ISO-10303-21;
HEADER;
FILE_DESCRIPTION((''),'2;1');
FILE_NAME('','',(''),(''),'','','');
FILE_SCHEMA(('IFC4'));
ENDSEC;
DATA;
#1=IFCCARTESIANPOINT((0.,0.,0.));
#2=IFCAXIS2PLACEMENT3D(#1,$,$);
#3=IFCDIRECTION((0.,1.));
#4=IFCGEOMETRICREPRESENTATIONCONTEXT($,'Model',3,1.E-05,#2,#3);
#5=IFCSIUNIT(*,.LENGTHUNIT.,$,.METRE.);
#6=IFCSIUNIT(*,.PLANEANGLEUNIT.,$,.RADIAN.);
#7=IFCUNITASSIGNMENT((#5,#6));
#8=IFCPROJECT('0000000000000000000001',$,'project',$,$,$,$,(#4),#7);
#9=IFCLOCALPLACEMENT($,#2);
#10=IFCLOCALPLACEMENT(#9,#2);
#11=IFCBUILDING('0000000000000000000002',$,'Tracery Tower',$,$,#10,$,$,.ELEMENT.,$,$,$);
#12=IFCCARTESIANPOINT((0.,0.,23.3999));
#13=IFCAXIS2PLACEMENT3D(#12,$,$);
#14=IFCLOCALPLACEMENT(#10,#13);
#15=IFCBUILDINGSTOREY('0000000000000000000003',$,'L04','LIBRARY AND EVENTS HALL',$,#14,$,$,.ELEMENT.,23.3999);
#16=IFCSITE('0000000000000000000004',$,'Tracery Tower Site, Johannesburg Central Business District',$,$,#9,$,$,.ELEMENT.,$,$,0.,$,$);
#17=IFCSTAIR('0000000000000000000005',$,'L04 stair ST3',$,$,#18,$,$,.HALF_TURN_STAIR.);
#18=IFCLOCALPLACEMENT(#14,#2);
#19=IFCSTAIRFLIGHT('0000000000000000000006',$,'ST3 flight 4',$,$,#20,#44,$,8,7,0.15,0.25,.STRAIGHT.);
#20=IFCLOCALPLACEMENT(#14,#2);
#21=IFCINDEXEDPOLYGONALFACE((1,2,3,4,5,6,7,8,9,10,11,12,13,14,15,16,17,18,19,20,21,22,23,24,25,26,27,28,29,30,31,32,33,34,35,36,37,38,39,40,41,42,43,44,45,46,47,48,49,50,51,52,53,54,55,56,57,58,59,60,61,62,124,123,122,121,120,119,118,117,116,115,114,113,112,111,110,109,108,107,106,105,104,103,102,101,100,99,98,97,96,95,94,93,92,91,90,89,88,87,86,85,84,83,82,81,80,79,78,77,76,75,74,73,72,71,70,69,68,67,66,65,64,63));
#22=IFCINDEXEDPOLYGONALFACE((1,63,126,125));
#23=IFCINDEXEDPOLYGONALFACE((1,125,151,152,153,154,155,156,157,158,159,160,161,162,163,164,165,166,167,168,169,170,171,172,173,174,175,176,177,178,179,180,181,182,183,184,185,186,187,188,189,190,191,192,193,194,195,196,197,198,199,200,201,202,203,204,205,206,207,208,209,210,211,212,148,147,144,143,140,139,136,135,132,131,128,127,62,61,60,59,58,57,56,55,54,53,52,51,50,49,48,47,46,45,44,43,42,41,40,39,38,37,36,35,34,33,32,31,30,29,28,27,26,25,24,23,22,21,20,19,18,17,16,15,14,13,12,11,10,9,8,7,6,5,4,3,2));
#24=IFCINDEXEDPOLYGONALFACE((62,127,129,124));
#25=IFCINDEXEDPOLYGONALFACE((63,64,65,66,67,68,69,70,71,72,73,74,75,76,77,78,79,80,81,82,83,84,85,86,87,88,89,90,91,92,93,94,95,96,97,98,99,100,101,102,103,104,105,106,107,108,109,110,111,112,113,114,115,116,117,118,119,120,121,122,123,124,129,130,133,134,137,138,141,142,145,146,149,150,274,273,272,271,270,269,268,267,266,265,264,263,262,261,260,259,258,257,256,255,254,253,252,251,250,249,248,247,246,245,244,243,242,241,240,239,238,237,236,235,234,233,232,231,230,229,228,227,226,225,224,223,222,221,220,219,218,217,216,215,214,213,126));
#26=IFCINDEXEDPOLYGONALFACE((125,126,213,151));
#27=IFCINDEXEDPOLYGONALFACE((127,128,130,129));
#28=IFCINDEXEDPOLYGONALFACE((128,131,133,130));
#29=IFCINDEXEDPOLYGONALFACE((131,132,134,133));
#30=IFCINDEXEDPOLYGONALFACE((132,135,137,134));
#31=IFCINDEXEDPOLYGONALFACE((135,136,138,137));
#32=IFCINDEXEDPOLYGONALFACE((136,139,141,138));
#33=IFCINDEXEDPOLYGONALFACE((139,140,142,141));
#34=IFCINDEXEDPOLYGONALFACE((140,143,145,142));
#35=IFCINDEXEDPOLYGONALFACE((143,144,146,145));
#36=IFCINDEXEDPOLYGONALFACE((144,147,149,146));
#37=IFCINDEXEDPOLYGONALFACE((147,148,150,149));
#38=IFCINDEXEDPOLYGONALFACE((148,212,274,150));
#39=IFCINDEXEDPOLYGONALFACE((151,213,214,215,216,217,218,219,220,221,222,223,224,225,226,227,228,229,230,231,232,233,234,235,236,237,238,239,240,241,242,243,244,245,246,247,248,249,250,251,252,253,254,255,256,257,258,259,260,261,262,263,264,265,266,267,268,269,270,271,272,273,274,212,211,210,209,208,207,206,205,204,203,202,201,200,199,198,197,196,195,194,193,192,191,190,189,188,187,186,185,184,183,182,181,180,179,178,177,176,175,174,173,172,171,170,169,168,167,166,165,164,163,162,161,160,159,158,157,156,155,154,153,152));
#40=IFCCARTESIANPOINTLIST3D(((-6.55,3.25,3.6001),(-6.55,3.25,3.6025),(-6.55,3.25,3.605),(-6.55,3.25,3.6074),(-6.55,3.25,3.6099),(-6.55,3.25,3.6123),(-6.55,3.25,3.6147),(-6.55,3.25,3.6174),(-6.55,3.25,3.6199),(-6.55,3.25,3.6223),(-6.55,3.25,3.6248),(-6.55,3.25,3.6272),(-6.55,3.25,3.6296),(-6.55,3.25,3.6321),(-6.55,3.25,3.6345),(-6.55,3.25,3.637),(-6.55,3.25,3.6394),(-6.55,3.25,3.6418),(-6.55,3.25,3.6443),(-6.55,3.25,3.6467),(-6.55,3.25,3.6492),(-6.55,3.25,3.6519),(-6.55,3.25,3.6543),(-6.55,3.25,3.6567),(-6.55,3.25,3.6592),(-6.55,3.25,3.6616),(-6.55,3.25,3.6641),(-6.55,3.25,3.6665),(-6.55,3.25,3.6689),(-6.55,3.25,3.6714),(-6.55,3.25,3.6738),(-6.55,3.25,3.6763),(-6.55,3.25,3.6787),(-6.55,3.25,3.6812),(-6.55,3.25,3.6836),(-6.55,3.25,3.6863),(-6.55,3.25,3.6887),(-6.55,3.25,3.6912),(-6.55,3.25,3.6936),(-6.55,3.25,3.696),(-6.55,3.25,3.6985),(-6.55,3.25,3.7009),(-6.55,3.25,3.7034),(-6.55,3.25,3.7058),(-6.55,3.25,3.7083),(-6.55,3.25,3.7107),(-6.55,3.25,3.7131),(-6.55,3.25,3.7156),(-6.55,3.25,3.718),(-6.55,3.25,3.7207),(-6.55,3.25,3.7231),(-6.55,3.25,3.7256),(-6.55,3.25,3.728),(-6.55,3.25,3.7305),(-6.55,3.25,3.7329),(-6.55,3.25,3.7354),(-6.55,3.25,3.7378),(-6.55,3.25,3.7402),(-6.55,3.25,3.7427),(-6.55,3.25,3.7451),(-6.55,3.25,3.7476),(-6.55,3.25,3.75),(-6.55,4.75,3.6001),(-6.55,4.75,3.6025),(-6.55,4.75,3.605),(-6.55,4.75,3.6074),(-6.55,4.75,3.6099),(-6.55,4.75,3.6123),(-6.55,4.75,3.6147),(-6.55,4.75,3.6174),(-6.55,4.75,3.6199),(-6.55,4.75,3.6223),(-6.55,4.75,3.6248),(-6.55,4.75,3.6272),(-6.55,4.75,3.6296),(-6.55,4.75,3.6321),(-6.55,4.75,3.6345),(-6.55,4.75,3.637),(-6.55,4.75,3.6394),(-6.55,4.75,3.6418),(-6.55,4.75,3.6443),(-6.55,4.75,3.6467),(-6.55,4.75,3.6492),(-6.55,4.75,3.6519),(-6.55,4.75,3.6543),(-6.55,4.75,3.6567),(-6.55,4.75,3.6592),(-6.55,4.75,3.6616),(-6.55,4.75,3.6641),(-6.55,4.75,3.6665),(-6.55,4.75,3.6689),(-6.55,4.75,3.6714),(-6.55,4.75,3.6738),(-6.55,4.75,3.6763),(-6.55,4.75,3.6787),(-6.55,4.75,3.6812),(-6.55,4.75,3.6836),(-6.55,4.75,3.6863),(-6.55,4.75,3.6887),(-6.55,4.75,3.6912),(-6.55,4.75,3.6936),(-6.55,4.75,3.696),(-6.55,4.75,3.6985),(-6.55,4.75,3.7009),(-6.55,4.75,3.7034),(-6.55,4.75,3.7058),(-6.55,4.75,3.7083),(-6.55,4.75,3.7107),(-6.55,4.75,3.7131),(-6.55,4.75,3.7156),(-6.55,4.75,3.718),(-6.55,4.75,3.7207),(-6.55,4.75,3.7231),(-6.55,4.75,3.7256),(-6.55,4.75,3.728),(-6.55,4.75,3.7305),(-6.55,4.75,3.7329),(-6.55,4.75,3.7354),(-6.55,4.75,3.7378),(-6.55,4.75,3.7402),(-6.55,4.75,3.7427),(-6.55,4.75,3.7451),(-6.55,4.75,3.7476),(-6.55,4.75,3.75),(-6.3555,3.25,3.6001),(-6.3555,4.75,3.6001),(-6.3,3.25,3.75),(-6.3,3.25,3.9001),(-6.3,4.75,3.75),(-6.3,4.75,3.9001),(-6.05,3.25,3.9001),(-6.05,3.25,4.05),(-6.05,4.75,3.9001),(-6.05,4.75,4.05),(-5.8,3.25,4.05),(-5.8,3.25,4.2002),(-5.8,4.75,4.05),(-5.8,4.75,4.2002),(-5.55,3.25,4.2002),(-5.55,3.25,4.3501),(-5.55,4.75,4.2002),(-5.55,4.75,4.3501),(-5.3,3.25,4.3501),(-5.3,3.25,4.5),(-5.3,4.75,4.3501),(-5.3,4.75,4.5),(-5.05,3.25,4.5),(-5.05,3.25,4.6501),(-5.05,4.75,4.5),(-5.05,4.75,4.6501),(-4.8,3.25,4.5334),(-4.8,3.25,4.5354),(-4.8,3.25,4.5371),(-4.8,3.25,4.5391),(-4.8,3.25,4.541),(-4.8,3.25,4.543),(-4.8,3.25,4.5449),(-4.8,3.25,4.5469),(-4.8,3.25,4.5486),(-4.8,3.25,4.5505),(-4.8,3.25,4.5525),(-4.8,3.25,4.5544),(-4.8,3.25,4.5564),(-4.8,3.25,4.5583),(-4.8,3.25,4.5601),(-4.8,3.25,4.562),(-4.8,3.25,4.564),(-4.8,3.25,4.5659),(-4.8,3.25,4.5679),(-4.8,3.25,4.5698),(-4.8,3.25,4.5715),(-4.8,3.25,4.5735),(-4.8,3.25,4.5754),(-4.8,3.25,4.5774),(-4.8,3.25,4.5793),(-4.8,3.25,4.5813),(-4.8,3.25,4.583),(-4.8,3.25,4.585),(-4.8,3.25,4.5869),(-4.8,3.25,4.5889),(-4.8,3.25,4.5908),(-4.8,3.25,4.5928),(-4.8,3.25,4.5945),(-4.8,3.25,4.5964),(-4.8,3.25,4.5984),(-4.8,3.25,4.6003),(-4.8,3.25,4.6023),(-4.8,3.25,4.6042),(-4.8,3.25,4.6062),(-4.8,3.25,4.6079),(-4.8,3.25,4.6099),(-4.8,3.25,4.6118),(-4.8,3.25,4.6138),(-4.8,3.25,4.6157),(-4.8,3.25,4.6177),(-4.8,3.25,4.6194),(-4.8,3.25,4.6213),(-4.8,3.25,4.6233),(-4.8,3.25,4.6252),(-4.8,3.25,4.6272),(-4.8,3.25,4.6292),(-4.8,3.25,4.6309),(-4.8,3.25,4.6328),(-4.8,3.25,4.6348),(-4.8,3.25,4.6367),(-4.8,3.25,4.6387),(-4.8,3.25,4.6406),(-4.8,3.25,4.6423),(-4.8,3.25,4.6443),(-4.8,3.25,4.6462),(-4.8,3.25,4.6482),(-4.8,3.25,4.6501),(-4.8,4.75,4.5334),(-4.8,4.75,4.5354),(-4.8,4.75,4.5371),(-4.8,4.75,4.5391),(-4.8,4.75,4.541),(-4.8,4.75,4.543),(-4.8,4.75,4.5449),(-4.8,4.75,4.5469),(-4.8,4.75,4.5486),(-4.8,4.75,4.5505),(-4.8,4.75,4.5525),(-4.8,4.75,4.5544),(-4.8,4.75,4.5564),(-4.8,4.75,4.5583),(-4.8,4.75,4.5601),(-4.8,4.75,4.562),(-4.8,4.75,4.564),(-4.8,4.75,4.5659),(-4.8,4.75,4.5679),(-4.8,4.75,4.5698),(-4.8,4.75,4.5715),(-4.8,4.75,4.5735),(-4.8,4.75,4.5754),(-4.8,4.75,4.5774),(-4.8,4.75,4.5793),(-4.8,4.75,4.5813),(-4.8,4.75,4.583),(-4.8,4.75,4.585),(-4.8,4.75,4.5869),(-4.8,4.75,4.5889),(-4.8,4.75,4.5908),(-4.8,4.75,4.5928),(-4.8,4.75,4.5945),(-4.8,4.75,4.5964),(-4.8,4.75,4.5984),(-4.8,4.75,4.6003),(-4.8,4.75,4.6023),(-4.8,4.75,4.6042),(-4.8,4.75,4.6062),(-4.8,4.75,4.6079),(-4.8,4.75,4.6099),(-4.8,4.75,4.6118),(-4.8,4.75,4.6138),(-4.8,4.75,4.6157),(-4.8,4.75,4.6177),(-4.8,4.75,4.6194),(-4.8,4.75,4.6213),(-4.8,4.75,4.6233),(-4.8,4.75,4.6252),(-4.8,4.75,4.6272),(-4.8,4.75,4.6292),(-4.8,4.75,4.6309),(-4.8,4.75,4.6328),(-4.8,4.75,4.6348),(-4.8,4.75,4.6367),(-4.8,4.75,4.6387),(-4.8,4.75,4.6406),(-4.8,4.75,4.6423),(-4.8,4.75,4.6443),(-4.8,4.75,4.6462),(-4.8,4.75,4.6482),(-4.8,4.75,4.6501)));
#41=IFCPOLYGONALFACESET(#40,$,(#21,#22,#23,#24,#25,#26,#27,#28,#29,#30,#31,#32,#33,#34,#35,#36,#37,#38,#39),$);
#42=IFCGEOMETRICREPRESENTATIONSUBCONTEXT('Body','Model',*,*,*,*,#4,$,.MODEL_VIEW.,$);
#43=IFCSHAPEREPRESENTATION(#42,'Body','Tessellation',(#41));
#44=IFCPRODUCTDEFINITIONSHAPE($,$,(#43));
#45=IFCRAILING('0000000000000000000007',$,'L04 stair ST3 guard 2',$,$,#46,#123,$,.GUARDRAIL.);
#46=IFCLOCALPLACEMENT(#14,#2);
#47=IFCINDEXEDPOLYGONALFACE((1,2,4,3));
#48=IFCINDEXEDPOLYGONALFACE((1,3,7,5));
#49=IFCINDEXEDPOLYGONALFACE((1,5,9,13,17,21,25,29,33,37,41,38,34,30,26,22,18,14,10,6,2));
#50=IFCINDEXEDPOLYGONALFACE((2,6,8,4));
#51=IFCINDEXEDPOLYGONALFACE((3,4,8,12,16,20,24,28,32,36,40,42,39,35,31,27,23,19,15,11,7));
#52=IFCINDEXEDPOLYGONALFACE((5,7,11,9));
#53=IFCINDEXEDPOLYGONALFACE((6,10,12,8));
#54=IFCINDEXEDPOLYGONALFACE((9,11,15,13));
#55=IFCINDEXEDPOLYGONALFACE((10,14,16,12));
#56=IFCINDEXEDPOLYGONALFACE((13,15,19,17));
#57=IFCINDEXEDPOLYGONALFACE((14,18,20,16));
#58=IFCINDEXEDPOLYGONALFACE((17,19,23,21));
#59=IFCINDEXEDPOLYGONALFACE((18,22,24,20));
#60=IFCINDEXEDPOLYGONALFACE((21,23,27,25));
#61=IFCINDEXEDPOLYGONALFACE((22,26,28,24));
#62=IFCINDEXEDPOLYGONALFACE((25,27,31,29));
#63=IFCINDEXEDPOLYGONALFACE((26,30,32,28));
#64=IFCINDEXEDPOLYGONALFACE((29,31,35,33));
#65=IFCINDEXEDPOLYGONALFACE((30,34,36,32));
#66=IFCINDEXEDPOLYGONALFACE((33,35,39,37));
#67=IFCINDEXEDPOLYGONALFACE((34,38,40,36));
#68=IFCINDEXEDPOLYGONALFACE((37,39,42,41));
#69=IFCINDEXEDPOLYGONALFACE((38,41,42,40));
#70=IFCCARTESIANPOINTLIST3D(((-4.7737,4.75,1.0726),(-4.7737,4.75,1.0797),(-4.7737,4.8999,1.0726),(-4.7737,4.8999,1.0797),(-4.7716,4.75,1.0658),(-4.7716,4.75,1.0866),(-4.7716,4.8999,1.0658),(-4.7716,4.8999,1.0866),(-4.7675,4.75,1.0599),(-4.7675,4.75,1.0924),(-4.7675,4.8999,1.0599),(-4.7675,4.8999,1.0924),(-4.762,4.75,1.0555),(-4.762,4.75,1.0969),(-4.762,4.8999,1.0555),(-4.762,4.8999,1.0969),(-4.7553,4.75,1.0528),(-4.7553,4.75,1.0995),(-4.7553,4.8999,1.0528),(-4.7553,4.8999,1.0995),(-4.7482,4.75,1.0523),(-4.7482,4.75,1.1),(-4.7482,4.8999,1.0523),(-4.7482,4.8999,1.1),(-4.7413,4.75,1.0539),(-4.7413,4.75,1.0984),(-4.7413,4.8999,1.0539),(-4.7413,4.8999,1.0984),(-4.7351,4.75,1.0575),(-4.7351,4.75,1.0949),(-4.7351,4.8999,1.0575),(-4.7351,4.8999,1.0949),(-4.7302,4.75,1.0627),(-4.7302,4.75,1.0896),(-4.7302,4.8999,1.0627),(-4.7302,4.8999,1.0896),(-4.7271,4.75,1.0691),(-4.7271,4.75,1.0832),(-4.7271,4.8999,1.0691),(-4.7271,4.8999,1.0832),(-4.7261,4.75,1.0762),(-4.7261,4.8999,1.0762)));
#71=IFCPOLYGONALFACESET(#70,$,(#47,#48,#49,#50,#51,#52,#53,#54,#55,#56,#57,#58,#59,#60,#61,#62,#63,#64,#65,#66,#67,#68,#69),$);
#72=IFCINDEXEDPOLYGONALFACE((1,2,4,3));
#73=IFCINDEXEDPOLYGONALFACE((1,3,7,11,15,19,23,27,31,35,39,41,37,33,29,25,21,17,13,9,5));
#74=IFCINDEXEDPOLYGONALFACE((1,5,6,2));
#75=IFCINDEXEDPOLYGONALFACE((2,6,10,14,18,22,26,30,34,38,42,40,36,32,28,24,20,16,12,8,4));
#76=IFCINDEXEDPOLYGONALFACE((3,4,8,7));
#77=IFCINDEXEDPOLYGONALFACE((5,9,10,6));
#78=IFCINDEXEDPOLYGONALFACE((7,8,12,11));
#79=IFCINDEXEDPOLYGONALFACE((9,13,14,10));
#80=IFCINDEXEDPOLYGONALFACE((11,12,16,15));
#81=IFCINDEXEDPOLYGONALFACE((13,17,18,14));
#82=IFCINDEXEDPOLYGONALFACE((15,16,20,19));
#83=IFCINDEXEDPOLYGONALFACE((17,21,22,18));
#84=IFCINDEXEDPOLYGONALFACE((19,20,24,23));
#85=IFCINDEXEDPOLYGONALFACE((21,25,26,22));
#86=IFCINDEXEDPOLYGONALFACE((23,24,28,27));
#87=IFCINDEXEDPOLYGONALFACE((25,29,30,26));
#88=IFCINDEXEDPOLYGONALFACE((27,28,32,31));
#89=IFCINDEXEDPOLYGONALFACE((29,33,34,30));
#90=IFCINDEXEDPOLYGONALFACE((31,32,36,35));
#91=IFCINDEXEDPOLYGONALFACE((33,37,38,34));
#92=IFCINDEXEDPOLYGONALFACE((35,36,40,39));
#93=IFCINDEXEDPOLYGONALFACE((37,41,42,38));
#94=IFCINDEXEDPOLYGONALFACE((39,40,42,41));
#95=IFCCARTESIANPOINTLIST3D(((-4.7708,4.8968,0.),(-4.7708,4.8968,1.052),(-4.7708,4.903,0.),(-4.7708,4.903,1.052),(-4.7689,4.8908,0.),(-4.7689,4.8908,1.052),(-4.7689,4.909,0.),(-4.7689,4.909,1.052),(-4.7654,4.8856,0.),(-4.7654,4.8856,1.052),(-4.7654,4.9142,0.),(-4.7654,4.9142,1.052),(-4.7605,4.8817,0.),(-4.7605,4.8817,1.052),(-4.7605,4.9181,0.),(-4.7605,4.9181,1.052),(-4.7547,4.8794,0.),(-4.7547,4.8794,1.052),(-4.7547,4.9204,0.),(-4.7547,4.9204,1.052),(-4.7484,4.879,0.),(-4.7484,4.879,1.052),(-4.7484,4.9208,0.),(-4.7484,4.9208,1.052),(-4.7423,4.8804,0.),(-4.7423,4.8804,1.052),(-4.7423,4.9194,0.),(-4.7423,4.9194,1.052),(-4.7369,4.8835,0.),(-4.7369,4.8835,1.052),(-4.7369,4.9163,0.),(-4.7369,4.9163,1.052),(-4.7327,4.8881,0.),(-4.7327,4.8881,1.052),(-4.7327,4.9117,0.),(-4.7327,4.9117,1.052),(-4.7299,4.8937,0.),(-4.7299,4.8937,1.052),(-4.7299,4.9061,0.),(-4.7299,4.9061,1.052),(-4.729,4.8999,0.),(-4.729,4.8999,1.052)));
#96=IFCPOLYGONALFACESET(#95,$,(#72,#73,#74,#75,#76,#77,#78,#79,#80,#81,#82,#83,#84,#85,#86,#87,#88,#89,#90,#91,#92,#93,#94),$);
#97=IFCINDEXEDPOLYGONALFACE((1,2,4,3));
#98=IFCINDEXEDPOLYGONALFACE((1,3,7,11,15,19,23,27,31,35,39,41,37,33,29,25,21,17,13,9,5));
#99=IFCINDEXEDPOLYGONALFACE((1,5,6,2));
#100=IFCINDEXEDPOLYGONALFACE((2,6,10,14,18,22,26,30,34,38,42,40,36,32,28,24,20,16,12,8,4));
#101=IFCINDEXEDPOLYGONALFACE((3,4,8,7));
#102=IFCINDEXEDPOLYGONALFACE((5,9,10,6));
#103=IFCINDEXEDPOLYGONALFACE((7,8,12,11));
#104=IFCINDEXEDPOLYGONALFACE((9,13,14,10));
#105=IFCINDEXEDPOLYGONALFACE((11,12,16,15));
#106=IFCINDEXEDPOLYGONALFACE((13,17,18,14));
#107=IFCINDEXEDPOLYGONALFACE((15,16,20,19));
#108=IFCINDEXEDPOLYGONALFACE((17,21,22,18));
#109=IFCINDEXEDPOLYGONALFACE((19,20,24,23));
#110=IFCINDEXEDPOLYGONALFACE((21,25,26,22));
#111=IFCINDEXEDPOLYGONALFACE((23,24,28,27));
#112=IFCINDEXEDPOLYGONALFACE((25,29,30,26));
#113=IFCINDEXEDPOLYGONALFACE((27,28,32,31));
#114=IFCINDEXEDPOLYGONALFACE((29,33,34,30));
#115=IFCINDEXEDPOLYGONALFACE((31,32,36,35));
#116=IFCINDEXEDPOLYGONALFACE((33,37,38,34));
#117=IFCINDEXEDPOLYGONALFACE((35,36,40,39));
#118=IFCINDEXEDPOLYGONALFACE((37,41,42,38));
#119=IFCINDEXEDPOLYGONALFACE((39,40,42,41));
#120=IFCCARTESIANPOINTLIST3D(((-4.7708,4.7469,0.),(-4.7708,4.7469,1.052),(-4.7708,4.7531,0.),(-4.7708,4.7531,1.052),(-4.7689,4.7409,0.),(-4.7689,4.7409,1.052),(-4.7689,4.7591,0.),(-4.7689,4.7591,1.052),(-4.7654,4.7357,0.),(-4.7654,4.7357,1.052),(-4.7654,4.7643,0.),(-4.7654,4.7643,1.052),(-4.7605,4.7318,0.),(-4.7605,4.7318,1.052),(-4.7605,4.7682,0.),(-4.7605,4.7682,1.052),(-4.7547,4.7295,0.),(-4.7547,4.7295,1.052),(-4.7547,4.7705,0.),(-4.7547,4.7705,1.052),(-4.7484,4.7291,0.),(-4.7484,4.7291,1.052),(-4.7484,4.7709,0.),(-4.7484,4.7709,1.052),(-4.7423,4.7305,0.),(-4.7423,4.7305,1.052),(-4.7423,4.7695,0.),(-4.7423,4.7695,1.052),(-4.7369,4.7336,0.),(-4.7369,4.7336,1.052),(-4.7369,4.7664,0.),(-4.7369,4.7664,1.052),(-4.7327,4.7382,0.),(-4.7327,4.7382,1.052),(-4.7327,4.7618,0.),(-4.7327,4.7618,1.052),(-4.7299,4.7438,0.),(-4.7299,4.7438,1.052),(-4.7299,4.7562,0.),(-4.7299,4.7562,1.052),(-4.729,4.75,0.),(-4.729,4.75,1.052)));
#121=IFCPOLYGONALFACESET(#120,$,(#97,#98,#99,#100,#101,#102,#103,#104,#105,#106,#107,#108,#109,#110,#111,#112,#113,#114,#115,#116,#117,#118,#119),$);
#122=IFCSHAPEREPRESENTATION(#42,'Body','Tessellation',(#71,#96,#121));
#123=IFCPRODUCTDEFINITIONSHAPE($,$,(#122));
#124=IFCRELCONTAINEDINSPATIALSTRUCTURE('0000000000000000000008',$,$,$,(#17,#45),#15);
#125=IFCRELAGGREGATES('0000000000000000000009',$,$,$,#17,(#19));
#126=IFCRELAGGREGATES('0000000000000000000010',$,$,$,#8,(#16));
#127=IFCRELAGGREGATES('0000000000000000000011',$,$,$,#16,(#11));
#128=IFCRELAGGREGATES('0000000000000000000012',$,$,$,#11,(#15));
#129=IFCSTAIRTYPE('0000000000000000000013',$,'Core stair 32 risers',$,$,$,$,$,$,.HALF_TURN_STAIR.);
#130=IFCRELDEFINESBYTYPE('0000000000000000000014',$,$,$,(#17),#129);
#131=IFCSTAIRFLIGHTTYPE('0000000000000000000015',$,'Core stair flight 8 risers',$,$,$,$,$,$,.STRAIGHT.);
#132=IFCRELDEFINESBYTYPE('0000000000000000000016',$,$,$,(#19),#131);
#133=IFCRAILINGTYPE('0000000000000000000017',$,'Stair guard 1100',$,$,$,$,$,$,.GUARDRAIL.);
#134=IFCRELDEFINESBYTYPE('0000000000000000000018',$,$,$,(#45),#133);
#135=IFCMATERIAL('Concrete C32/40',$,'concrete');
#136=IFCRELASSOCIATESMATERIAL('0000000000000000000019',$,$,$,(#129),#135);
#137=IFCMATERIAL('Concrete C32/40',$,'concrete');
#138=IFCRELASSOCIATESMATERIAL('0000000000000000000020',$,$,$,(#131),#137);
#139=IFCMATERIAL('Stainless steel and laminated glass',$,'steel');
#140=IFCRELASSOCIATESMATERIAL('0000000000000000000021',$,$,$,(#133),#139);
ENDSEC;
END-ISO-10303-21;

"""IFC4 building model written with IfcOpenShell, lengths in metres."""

from ifc_helpers import new_model, si_unit, direction, frame, origin, origin_2d, place, context, subcontext, project, spatial, polyline, circle, outline, extrude, material, type_object, element, aggregate, save


model = new_model("IFC4")

# Units and contexts
model_context = context("Model", 3, precision=1e-05, world=origin(), true_north=direction((0.0, 1.0)))
body_context = subcontext(model_context, "Body", "Model", "MODEL_VIEW")
ifc_project = project(units=[si_unit("LENGTHUNIT", "METRE"), si_unit("PLANEANGLEUNIT", "RADIAN")], contexts=[model_context])

# Site, building, storey
site_placement = place(None, origin())
site = spatial("IfcSite", under=ifc_project, at=site_placement, Name="Tracery Tower Site, Johannesburg Central Business District", CompositionType="ELEMENT", RefElevation=0.0)
building_placement = place(site_placement, origin())
building = spatial("IfcBuilding", under=site, at=building_placement, Name="Tracery Tower", CompositionType="ELEMENT")
storey_placement = place(building_placement, frame((0.0, 0.0, 23.3999)))
storey = spatial("IfcBuildingStorey", under=building, at=storey_placement, Name="L04", Description="LIBRARY AND EVENTS HALL", CompositionType="ELEMENT", Elevation=23.3999)

# Stair, stair flight
ifc_material_1 = material(Name="Concrete C32/40", Category="concrete")
stair_type = type_object("IfcStairType", Name="Core stair 32 risers", PredefinedType="HALF_TURN_STAIR", material=ifc_material_1)
stair_placement = place(storey_placement, origin())
stair = element("IfcStair", 1, at=stair_placement, inside=storey, type_object=stair_type, Name="L04 stair ST3", PredefinedType="HALF_TURN_STAIR")
ifc_material_2 = material(Name="Concrete C32/40", Category="concrete")
stair_flight_type = type_object("IfcStairFlightType", Name="Core stair flight 8 risers", PredefinedType="STRAIGHT", material=ifc_material_2)
stair_flight_1_placement = place(storey_placement, frame((-6.55, 4.0, 3.6001), z_axis=(0.0, 0.0, 1.0), x_axis=(1.0, 0.0, 0.0)))
stair_flight_1 = element("IfcStairFlight", 2, at=stair_flight_1_placement, type_object=stair_flight_type, Name="ST3 flight 4", NumberOfRisers=8, NumberOfTreads=7, PredefinedType="STRAIGHT", RiserHeight=0.15, TreadLength=0.25, context=body_context, shape_type="SweptSolid", body=[
    extrude(outline(polyline([(0.0, 0.0), (0.0, 0.0024), (0.0, 0.0049), (0.0, 0.0073), (0.0, 0.0098), (0.0, 0.0122), (0.0, 0.0146), (0.0, 0.0173), (0.0, 0.0198), (0.0, 0.0222), (0.0, 0.0247), (0.0, 0.0271), (0.0, 0.0295), (0.0, 0.032), (0.0, 0.0344), (0.0, 0.0369), (0.0, 0.0393), (0.0, 0.0417), (0.0, 0.0442), (0.0, 0.0466), (0.0, 0.0491), (0.0, 0.0518), (0.0, 0.0542), (0.0, 0.0566), (0.0, 0.0591), (0.0, 0.0615), (0.0, 0.064), (0.0, 0.0664), (0.0, 0.0688), (0.0, 0.0713), (0.0, 0.0737), (0.0, 0.0762), (0.0, 0.0786), (0.0, 0.0811), (0.0, 0.0835), (0.0, 0.0862), (0.0, 0.0886), (0.0, 0.0911), (0.0, 0.0935), (0.0, 0.0959), (0.0, 0.0984), (0.0, 0.1008), (0.0, 0.1033), (0.0, 0.1057), (0.0, 0.1082), (0.0, 0.1106), (0.0, 0.113), (0.0, 0.1155), (0.0, 0.1179), (0.0, 0.1206), (0.0, 0.123), (0.0, 0.1255), (0.0, 0.1279), (0.0, 0.1304), (0.0, 0.1328), (0.0, 0.1353), (0.0, 0.1377), (0.0, 0.1401), (0.0, 0.1426), (0.0, 0.145), (0.0, 0.1475), (0.0, 0.1499), (0.25, 0.1499), (0.25, 0.3), (0.5, 0.3), (0.5, 0.45), (0.75, 0.45), (0.75, 0.6001), (1.0, 0.6001), (1.0, 0.75), (1.25, 0.75), (1.25, 0.8999), (1.5, 0.8999), (1.5, 1.05), (1.75, 1.05), (1.75, 1.0481), (1.75, 1.0461), (1.75, 1.0442), (1.75, 1.0422), (1.75, 1.0405), (1.75, 1.0386), (1.75, 1.0366), (1.75, 1.0347), (1.75, 1.0327), (1.75, 1.0308), (1.75, 1.0291), (1.75, 1.0271), (1.75, 1.0251), (1.75, 1.0232), (1.75, 1.0212), (1.75, 1.0193), (1.75, 1.0176), (1.75, 1.0156), (1.75, 1.0137), (1.75, 1.0117), (1.75, 1.0098), (1.75, 1.0078), (1.75, 1.0061), (1.75, 1.0042), (1.75, 1.0022), (1.75, 1.0002), (1.75, 0.9983), (1.75, 0.9963), (1.75, 0.9944), (1.75, 0.9927), (1.75, 0.9907), (1.75, 0.9888), (1.75, 0.9868), (1.75, 0.9849), (1.75, 0.9829), (1.75, 0.9812), (1.75, 0.9792), (1.75, 0.9773), (1.75, 0.9753), (1.75, 0.9734), (1.75, 0.9714), (1.75, 0.9697), (1.75, 0.9678), (1.75, 0.9658), (1.75, 0.9639), (1.75, 0.9619), (1.75, 0.96), (1.75, 0.9583), (1.75, 0.9563), (1.75, 0.9543), (1.75, 0.9524), (1.75, 0.9504), (1.75, 0.9485), (1.75, 0.9468), (1.75, 0.9448), (1.75, 0.9429), (1.75, 0.9409), (1.75, 0.939), (1.75, 0.937), (1.75, 0.9353), (1.75, 0.9333), (0.1946, 0.0), (0.0, 0.0)])), frame((0.0, 0.75, 0.0), z_axis=(0.0, -1.0, 0.0), x_axis=(1.0, 0.0, 0.0)), (0.0, 0.0, 1.0), 1.5),
])
aggregate(stair, [stair_flight_1])

# Railing
ifc_material_3 = material(Name="Stainless steel and laminated glass", Category="steel")
railing_type_1 = type_object("IfcRailingType", Name="Stair guard 1100", PredefinedType="GUARDRAIL", material=ifc_material_3)
railing_1_placement = place(storey_placement, frame((-4.75, 4.8999, 0.0)))
element("IfcRailing", 3, at=railing_1_placement, inside=storey, type_object=railing_type_1, Name="L04 stair ST3 guard 2", PredefinedType="GUARDRAIL", context=body_context, shape_type="SweptSolid", body=[
    extrude(circle(Radius=0.0239, at=origin_2d()), frame((0.0, 0.0, 1.0762), z_axis=(0.0, -1.0, 0.0), x_axis=(1.0, 0.0, 0.0)), (0.0, 0.0, 1.0), 0.1499),
    extrude(circle(Radius=0.021, at=origin_2d()), origin(), (0.0, 0.0, 1.0), 1.052),
    extrude(circle(Radius=0.021, at=origin_2d()), frame((0.0, -0.1499, 0.0)), (0.0, 0.0, 1.0), 1.052),
])

save(model, "model.ifc")
